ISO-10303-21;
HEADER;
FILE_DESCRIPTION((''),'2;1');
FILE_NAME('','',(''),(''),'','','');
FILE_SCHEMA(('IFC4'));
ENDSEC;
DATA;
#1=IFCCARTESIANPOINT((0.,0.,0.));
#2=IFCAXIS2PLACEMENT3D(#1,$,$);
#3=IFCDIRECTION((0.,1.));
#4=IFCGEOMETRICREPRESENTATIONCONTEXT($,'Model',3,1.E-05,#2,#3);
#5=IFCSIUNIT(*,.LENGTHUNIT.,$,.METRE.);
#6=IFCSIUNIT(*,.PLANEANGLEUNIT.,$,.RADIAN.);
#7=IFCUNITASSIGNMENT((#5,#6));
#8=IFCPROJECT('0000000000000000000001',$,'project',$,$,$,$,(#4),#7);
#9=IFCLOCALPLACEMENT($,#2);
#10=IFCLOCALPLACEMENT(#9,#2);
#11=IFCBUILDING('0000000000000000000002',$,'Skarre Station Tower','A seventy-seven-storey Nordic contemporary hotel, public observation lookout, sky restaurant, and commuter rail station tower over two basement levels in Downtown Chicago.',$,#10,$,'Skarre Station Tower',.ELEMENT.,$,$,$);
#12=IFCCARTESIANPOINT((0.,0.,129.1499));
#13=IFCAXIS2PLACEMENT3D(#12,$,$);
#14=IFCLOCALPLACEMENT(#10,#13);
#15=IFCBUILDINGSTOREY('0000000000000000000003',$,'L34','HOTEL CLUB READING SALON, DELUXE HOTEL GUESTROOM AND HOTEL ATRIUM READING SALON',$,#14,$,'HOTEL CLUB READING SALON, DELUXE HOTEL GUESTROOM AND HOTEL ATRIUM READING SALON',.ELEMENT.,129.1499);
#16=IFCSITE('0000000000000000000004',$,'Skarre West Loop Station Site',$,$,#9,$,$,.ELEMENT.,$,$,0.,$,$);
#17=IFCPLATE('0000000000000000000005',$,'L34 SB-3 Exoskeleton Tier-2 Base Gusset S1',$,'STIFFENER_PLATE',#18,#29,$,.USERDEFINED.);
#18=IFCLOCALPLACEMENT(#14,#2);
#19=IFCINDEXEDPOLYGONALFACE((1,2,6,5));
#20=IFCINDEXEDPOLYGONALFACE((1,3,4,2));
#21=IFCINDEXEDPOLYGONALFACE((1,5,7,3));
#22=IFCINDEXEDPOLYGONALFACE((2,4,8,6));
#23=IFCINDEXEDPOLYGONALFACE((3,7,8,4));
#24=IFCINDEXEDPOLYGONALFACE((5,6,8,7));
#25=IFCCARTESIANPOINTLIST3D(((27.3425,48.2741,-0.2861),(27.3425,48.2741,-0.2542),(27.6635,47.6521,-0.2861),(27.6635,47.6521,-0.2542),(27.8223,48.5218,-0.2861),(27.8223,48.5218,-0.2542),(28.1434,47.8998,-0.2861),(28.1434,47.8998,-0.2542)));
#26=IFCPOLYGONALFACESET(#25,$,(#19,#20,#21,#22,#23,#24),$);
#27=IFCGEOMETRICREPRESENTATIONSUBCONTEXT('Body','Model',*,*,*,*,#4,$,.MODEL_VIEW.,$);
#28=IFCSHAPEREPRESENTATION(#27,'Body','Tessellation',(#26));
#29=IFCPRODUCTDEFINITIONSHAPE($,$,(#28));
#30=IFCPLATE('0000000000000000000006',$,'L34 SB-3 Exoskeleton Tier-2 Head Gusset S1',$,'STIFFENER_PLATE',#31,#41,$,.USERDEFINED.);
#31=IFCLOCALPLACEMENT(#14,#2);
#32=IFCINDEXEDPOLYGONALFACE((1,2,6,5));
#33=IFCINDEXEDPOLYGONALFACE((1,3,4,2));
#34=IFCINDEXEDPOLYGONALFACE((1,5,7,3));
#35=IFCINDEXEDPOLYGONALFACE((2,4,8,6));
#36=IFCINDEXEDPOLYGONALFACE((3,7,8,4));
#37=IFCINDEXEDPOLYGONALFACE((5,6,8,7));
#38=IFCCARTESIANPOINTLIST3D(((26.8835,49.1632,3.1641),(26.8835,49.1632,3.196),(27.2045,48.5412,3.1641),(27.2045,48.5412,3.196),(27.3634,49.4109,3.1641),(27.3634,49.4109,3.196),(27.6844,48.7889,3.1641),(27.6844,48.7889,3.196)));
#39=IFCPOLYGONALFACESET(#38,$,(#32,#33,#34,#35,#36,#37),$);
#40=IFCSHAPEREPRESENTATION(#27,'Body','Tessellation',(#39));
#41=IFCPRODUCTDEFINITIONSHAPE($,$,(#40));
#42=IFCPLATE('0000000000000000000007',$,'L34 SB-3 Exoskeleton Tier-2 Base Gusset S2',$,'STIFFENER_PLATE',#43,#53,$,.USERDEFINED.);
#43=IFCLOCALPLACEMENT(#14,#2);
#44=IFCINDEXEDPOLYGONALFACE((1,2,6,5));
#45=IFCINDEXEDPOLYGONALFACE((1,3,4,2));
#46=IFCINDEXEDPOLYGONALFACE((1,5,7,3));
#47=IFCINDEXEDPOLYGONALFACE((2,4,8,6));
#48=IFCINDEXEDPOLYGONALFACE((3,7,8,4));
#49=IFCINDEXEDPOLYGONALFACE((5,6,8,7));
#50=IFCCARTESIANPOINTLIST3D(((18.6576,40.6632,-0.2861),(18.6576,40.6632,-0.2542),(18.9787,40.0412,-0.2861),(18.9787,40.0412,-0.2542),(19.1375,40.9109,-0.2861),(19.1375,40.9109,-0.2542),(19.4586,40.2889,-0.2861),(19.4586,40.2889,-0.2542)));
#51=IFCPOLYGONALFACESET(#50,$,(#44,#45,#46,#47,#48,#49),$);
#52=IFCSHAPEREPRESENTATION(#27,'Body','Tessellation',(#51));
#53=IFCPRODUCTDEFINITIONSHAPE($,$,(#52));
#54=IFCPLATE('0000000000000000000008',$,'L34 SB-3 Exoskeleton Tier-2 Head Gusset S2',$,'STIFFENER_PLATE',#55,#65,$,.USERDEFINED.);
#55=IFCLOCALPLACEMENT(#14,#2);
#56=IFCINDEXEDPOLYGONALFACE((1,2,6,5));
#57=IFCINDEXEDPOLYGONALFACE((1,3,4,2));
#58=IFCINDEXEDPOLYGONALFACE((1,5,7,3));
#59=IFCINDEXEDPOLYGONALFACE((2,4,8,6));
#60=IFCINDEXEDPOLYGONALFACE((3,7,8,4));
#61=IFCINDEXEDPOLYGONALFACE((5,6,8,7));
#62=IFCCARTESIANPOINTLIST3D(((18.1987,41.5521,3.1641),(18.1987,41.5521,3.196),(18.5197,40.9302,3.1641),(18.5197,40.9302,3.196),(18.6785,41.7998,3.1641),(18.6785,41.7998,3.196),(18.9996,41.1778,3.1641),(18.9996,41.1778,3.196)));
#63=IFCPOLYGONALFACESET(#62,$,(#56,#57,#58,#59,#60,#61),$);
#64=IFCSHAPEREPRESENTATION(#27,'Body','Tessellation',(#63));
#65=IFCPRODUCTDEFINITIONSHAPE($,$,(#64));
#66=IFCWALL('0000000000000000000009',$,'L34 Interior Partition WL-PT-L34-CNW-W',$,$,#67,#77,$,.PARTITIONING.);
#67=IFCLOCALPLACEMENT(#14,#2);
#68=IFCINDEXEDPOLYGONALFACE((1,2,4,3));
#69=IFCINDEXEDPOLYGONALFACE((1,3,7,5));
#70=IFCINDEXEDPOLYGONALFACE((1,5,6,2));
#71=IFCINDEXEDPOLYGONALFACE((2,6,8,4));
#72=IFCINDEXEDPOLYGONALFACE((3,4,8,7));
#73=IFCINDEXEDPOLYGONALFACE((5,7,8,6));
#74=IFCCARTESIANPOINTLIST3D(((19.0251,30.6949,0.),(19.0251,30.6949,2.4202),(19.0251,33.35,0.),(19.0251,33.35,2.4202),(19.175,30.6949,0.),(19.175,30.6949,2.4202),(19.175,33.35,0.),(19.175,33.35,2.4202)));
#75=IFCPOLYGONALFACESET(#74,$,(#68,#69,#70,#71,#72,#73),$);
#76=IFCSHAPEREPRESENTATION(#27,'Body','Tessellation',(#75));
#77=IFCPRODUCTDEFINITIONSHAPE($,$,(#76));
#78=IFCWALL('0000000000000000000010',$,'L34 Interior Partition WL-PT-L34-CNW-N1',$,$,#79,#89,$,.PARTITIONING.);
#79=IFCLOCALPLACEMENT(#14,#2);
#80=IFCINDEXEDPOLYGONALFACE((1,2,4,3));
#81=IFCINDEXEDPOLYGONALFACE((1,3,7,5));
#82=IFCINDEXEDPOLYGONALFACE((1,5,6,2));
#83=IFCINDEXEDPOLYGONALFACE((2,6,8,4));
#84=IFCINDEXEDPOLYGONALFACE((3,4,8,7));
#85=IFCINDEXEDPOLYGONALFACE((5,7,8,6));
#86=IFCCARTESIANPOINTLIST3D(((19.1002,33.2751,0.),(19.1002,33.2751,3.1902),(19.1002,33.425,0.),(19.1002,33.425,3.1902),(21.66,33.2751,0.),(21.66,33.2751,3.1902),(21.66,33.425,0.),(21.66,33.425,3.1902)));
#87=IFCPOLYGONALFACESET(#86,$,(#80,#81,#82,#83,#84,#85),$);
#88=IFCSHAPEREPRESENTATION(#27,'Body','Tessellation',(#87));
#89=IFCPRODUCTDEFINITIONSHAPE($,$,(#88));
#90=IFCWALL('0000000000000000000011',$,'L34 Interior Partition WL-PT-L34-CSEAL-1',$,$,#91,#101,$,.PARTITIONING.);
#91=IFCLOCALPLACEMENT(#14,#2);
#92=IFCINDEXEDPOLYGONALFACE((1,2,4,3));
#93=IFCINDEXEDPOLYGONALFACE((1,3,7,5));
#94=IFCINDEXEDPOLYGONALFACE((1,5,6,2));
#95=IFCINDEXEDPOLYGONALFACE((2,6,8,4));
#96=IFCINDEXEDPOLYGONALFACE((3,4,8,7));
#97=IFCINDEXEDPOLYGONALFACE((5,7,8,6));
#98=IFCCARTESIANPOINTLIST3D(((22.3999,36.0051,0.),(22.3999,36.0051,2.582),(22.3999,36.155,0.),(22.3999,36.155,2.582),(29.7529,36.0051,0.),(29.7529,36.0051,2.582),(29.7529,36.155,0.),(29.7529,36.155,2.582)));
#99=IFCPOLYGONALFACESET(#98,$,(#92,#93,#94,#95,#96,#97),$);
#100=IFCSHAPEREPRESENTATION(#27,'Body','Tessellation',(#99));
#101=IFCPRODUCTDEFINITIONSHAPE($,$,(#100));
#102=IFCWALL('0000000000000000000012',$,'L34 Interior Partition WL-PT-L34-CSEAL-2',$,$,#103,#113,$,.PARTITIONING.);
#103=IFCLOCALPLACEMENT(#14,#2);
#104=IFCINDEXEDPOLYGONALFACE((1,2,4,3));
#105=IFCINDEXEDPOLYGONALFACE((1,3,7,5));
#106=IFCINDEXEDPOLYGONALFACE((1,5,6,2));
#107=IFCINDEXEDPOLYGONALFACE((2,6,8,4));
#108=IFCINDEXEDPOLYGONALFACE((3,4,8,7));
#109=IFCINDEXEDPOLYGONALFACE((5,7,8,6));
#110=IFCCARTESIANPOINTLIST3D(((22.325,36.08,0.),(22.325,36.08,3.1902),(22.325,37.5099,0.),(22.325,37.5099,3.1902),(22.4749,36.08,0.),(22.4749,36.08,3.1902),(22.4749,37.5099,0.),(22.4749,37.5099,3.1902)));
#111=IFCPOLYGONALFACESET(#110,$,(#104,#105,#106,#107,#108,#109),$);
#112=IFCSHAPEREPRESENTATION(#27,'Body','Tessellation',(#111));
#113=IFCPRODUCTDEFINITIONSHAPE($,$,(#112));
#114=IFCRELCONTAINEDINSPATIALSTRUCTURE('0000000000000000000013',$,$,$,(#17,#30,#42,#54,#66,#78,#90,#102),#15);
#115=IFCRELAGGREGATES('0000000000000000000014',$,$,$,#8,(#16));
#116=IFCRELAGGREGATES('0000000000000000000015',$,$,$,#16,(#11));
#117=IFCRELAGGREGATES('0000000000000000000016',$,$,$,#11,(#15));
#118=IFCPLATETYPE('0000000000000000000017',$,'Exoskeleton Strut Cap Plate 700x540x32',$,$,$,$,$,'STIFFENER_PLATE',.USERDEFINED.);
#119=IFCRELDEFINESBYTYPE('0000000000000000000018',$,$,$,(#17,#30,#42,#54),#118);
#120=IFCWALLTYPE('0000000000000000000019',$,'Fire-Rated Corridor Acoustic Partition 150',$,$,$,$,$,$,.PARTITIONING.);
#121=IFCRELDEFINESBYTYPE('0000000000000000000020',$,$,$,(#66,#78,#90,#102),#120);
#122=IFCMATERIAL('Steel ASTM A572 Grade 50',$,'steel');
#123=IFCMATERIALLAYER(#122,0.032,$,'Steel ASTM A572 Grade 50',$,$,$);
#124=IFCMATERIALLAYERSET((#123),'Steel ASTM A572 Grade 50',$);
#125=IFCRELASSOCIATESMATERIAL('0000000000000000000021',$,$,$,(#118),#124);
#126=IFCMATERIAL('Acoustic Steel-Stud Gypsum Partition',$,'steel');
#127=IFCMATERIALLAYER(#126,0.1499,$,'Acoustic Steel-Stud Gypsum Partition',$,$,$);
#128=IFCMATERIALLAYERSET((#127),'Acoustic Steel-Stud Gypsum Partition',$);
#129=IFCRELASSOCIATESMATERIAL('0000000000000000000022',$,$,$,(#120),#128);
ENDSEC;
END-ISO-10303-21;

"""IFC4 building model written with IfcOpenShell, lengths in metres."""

from ifc_helpers import new_model, si_unit, direction, frame, frame_2d, origin, origin_2d, place, context, subcontext, project, spatial, rectangle, extrude, material, layer, layer_set, type_object, element, save


model = new_model("IFC4")

# Units and contexts
model_context = context("Model", 3, precision=1e-05, world=origin(), true_north=direction((0.0, 1.0)))
body_context = subcontext(model_context, "Body", "Model", "MODEL_VIEW")
ifc_project = project(units=[si_unit("LENGTHUNIT", "METRE"), si_unit("PLANEANGLEUNIT", "RADIAN")], contexts=[model_context])

# Site, building, storey
site_placement = place(None, origin())
site = spatial("IfcSite", under=ifc_project, at=site_placement, Name="Skarre West Loop Station Site", CompositionType="ELEMENT", RefElevation=0.0)
building_placement = place(site_placement, origin())
building = spatial("IfcBuilding", under=site, at=building_placement, Name="Skarre Station Tower", Description="A seventy-seven-storey Nordic contemporary hotel, public observation lookout, sky restaurant, and commuter rail station tower over two basement levels in Downtown Chicago.", LongName="Skarre Station Tower", CompositionType="ELEMENT")
storey_placement = place(building_placement, frame((0.0, 0.0, 129.1499)))
storey = spatial("IfcBuildingStorey", under=building, at=storey_placement, Name="L34", Description="HOTEL CLUB READING SALON, DELUXE HOTEL GUESTROOM AND HOTEL ATRIUM READING SALON", LongName="HOTEL CLUB READING SALON, DELUXE HOTEL GUESTROOM AND HOTEL ATRIUM READING SALON", CompositionType="ELEMENT", Elevation=129.1499)

# Plates
ifc_material_1 = material(Name="Steel ASTM A572 Grade 50", Category="steel")
ifc_layer_1 = layer(ifc_material_1, 0.032, Name="Steel ASTM A572 Grade 50")
ifc_layer_set_1 = layer_set([ifc_layer_1], Name="Steel ASTM A572 Grade 50")
plate_type = type_object("IfcPlateType", Name="Exoskeleton Strut Cap Plate 700x540x32", ElementType="STIFFENER_PLATE", PredefinedType="USERDEFINED", material=ifc_layer_set_1)
for number, where, z_axis, x_axis, name in (
    (1, (27.7429, 48.0869, -0.2861), (0.0, 0.0, 1.0), (-0.45865, 0.888617, 0.0), "L34 SB-3 Exoskeleton Tier-2 Base Gusset S1"),
    (2, (27.2839, 48.9761, 3.1641), (0.0, 0.0, 1.0), (-0.45865, 0.888617, 0.0), "L34 SB-3 Exoskeleton Tier-2 Head Gusset S1"),
    (3, (19.0581, 40.4761, -0.2861), (0.0, 0.0, 1.0), (-0.45865, 0.888617, 0.0), "L34 SB-3 Exoskeleton Tier-2 Base Gusset S2"),
    (4, (18.5991, 41.365, 3.1641), (0.0, 0.0, 1.0), (-0.45865, 0.888617, 0.0), "L34 SB-3 Exoskeleton Tier-2 Head Gusset S2"),
):
    element("IfcPlate", number, at=place(storey_placement, frame(where, z_axis=z_axis, x_axis=x_axis)), inside=storey, type_object=plate_type, Name=name, ObjectType="STIFFENER_PLATE", PredefinedType="USERDEFINED", context=body_context, shape_type="SweptSolid", body=[
        extrude(rectangle(XDim=0.7, YDim=0.54, at=origin_2d()), origin(), (0.0, 0.0, 1.0), 0.032),
    ])

# Walls
ifc_material_2 = material(Name="Acoustic Steel-Stud Gypsum Partition", Category="steel")
ifc_layer_2 = layer(ifc_material_2, 0.1499, Name="Acoustic Steel-Stud Gypsum Partition")
ifc_layer_set_2 = layer_set([ifc_layer_2], Name="Acoustic Steel-Stud Gypsum Partition")
wall_type_1 = type_object("IfcWallType", Name="Fire-Rated Corridor Acoustic Partition 150", PredefinedType="PARTITIONING", material=ifc_layer_set_2)
wall_1_placement = place(storey_placement, frame((19.1001, 33.3501, 0.0), z_axis=(0.0, 0.0, 1.0), x_axis=(0.0, -1.0, 0.0)))
element("IfcWall", 5, at=wall_1_placement, inside=storey, type_object=wall_type_1, Name="L34 Interior Partition WL-PT-L34-CNW-W", PredefinedType="PARTITIONING", context=body_context, shape_type="SweptSolid", body=[
    extrude(rectangle(XDim=2.655, YDim=0.1499, at=frame_2d((1.3276, 0.0))), origin(), (0.0, 0.0, 1.0), 2.4202),
])
wall_2_placement = place(storey_placement, frame((21.6599, 33.3501, 0.0), z_axis=(0.0, 0.0, 1.0), x_axis=(-1.0, 0.0, 0.0)))
element("IfcWall", 6, at=wall_2_placement, inside=storey, type_object=wall_type_1, Name="L34 Interior Partition WL-PT-L34-CNW-N1", PredefinedType="PARTITIONING", context=body_context, shape_type="SweptSolid", body=[
    extrude(rectangle(XDim=2.5598, YDim=0.1499, at=frame_2d((1.2798, 0.0))), origin(), (0.0, 0.0, 1.0), 3.1902),
])
wall_3_placement = place(storey_placement, frame((29.7529, 36.0801, 0.0), z_axis=(0.0, 0.0, 1.0), x_axis=(-1.0, 0.0, 0.0)))
element("IfcWall", 7, at=wall_3_placement, inside=storey, type_object=wall_type_1, Name="L34 Interior Partition WL-PT-L34-CSEAL-1", PredefinedType="PARTITIONING", context=body_context, shape_type="SweptSolid", body=[
    extrude(rectangle(XDim=7.353, YDim=0.1499, at=frame_2d((3.6765, 0.0))), origin(), (0.0, 0.0, 1.0), 2.582),
])
wall_4_placement = place(storey_placement, frame((22.3999, 36.0801, 0.0), z_axis=(0.0, 0.0, 1.0), x_axis=(0.0, 1.0, 0.0)))
element("IfcWall", 8, at=wall_4_placement, inside=storey, type_object=wall_type_1, Name="L34 Interior Partition WL-PT-L34-CSEAL-2", PredefinedType="PARTITIONING", context=body_context, shape_type="SweptSolid", body=[
    extrude(rectangle(XDim=1.4299, YDim=0.1499, at=frame_2d((0.7148, 0.0))), origin(), (0.0, 0.0, 1.0), 3.1902),
])

save(model, "model.ifc")
